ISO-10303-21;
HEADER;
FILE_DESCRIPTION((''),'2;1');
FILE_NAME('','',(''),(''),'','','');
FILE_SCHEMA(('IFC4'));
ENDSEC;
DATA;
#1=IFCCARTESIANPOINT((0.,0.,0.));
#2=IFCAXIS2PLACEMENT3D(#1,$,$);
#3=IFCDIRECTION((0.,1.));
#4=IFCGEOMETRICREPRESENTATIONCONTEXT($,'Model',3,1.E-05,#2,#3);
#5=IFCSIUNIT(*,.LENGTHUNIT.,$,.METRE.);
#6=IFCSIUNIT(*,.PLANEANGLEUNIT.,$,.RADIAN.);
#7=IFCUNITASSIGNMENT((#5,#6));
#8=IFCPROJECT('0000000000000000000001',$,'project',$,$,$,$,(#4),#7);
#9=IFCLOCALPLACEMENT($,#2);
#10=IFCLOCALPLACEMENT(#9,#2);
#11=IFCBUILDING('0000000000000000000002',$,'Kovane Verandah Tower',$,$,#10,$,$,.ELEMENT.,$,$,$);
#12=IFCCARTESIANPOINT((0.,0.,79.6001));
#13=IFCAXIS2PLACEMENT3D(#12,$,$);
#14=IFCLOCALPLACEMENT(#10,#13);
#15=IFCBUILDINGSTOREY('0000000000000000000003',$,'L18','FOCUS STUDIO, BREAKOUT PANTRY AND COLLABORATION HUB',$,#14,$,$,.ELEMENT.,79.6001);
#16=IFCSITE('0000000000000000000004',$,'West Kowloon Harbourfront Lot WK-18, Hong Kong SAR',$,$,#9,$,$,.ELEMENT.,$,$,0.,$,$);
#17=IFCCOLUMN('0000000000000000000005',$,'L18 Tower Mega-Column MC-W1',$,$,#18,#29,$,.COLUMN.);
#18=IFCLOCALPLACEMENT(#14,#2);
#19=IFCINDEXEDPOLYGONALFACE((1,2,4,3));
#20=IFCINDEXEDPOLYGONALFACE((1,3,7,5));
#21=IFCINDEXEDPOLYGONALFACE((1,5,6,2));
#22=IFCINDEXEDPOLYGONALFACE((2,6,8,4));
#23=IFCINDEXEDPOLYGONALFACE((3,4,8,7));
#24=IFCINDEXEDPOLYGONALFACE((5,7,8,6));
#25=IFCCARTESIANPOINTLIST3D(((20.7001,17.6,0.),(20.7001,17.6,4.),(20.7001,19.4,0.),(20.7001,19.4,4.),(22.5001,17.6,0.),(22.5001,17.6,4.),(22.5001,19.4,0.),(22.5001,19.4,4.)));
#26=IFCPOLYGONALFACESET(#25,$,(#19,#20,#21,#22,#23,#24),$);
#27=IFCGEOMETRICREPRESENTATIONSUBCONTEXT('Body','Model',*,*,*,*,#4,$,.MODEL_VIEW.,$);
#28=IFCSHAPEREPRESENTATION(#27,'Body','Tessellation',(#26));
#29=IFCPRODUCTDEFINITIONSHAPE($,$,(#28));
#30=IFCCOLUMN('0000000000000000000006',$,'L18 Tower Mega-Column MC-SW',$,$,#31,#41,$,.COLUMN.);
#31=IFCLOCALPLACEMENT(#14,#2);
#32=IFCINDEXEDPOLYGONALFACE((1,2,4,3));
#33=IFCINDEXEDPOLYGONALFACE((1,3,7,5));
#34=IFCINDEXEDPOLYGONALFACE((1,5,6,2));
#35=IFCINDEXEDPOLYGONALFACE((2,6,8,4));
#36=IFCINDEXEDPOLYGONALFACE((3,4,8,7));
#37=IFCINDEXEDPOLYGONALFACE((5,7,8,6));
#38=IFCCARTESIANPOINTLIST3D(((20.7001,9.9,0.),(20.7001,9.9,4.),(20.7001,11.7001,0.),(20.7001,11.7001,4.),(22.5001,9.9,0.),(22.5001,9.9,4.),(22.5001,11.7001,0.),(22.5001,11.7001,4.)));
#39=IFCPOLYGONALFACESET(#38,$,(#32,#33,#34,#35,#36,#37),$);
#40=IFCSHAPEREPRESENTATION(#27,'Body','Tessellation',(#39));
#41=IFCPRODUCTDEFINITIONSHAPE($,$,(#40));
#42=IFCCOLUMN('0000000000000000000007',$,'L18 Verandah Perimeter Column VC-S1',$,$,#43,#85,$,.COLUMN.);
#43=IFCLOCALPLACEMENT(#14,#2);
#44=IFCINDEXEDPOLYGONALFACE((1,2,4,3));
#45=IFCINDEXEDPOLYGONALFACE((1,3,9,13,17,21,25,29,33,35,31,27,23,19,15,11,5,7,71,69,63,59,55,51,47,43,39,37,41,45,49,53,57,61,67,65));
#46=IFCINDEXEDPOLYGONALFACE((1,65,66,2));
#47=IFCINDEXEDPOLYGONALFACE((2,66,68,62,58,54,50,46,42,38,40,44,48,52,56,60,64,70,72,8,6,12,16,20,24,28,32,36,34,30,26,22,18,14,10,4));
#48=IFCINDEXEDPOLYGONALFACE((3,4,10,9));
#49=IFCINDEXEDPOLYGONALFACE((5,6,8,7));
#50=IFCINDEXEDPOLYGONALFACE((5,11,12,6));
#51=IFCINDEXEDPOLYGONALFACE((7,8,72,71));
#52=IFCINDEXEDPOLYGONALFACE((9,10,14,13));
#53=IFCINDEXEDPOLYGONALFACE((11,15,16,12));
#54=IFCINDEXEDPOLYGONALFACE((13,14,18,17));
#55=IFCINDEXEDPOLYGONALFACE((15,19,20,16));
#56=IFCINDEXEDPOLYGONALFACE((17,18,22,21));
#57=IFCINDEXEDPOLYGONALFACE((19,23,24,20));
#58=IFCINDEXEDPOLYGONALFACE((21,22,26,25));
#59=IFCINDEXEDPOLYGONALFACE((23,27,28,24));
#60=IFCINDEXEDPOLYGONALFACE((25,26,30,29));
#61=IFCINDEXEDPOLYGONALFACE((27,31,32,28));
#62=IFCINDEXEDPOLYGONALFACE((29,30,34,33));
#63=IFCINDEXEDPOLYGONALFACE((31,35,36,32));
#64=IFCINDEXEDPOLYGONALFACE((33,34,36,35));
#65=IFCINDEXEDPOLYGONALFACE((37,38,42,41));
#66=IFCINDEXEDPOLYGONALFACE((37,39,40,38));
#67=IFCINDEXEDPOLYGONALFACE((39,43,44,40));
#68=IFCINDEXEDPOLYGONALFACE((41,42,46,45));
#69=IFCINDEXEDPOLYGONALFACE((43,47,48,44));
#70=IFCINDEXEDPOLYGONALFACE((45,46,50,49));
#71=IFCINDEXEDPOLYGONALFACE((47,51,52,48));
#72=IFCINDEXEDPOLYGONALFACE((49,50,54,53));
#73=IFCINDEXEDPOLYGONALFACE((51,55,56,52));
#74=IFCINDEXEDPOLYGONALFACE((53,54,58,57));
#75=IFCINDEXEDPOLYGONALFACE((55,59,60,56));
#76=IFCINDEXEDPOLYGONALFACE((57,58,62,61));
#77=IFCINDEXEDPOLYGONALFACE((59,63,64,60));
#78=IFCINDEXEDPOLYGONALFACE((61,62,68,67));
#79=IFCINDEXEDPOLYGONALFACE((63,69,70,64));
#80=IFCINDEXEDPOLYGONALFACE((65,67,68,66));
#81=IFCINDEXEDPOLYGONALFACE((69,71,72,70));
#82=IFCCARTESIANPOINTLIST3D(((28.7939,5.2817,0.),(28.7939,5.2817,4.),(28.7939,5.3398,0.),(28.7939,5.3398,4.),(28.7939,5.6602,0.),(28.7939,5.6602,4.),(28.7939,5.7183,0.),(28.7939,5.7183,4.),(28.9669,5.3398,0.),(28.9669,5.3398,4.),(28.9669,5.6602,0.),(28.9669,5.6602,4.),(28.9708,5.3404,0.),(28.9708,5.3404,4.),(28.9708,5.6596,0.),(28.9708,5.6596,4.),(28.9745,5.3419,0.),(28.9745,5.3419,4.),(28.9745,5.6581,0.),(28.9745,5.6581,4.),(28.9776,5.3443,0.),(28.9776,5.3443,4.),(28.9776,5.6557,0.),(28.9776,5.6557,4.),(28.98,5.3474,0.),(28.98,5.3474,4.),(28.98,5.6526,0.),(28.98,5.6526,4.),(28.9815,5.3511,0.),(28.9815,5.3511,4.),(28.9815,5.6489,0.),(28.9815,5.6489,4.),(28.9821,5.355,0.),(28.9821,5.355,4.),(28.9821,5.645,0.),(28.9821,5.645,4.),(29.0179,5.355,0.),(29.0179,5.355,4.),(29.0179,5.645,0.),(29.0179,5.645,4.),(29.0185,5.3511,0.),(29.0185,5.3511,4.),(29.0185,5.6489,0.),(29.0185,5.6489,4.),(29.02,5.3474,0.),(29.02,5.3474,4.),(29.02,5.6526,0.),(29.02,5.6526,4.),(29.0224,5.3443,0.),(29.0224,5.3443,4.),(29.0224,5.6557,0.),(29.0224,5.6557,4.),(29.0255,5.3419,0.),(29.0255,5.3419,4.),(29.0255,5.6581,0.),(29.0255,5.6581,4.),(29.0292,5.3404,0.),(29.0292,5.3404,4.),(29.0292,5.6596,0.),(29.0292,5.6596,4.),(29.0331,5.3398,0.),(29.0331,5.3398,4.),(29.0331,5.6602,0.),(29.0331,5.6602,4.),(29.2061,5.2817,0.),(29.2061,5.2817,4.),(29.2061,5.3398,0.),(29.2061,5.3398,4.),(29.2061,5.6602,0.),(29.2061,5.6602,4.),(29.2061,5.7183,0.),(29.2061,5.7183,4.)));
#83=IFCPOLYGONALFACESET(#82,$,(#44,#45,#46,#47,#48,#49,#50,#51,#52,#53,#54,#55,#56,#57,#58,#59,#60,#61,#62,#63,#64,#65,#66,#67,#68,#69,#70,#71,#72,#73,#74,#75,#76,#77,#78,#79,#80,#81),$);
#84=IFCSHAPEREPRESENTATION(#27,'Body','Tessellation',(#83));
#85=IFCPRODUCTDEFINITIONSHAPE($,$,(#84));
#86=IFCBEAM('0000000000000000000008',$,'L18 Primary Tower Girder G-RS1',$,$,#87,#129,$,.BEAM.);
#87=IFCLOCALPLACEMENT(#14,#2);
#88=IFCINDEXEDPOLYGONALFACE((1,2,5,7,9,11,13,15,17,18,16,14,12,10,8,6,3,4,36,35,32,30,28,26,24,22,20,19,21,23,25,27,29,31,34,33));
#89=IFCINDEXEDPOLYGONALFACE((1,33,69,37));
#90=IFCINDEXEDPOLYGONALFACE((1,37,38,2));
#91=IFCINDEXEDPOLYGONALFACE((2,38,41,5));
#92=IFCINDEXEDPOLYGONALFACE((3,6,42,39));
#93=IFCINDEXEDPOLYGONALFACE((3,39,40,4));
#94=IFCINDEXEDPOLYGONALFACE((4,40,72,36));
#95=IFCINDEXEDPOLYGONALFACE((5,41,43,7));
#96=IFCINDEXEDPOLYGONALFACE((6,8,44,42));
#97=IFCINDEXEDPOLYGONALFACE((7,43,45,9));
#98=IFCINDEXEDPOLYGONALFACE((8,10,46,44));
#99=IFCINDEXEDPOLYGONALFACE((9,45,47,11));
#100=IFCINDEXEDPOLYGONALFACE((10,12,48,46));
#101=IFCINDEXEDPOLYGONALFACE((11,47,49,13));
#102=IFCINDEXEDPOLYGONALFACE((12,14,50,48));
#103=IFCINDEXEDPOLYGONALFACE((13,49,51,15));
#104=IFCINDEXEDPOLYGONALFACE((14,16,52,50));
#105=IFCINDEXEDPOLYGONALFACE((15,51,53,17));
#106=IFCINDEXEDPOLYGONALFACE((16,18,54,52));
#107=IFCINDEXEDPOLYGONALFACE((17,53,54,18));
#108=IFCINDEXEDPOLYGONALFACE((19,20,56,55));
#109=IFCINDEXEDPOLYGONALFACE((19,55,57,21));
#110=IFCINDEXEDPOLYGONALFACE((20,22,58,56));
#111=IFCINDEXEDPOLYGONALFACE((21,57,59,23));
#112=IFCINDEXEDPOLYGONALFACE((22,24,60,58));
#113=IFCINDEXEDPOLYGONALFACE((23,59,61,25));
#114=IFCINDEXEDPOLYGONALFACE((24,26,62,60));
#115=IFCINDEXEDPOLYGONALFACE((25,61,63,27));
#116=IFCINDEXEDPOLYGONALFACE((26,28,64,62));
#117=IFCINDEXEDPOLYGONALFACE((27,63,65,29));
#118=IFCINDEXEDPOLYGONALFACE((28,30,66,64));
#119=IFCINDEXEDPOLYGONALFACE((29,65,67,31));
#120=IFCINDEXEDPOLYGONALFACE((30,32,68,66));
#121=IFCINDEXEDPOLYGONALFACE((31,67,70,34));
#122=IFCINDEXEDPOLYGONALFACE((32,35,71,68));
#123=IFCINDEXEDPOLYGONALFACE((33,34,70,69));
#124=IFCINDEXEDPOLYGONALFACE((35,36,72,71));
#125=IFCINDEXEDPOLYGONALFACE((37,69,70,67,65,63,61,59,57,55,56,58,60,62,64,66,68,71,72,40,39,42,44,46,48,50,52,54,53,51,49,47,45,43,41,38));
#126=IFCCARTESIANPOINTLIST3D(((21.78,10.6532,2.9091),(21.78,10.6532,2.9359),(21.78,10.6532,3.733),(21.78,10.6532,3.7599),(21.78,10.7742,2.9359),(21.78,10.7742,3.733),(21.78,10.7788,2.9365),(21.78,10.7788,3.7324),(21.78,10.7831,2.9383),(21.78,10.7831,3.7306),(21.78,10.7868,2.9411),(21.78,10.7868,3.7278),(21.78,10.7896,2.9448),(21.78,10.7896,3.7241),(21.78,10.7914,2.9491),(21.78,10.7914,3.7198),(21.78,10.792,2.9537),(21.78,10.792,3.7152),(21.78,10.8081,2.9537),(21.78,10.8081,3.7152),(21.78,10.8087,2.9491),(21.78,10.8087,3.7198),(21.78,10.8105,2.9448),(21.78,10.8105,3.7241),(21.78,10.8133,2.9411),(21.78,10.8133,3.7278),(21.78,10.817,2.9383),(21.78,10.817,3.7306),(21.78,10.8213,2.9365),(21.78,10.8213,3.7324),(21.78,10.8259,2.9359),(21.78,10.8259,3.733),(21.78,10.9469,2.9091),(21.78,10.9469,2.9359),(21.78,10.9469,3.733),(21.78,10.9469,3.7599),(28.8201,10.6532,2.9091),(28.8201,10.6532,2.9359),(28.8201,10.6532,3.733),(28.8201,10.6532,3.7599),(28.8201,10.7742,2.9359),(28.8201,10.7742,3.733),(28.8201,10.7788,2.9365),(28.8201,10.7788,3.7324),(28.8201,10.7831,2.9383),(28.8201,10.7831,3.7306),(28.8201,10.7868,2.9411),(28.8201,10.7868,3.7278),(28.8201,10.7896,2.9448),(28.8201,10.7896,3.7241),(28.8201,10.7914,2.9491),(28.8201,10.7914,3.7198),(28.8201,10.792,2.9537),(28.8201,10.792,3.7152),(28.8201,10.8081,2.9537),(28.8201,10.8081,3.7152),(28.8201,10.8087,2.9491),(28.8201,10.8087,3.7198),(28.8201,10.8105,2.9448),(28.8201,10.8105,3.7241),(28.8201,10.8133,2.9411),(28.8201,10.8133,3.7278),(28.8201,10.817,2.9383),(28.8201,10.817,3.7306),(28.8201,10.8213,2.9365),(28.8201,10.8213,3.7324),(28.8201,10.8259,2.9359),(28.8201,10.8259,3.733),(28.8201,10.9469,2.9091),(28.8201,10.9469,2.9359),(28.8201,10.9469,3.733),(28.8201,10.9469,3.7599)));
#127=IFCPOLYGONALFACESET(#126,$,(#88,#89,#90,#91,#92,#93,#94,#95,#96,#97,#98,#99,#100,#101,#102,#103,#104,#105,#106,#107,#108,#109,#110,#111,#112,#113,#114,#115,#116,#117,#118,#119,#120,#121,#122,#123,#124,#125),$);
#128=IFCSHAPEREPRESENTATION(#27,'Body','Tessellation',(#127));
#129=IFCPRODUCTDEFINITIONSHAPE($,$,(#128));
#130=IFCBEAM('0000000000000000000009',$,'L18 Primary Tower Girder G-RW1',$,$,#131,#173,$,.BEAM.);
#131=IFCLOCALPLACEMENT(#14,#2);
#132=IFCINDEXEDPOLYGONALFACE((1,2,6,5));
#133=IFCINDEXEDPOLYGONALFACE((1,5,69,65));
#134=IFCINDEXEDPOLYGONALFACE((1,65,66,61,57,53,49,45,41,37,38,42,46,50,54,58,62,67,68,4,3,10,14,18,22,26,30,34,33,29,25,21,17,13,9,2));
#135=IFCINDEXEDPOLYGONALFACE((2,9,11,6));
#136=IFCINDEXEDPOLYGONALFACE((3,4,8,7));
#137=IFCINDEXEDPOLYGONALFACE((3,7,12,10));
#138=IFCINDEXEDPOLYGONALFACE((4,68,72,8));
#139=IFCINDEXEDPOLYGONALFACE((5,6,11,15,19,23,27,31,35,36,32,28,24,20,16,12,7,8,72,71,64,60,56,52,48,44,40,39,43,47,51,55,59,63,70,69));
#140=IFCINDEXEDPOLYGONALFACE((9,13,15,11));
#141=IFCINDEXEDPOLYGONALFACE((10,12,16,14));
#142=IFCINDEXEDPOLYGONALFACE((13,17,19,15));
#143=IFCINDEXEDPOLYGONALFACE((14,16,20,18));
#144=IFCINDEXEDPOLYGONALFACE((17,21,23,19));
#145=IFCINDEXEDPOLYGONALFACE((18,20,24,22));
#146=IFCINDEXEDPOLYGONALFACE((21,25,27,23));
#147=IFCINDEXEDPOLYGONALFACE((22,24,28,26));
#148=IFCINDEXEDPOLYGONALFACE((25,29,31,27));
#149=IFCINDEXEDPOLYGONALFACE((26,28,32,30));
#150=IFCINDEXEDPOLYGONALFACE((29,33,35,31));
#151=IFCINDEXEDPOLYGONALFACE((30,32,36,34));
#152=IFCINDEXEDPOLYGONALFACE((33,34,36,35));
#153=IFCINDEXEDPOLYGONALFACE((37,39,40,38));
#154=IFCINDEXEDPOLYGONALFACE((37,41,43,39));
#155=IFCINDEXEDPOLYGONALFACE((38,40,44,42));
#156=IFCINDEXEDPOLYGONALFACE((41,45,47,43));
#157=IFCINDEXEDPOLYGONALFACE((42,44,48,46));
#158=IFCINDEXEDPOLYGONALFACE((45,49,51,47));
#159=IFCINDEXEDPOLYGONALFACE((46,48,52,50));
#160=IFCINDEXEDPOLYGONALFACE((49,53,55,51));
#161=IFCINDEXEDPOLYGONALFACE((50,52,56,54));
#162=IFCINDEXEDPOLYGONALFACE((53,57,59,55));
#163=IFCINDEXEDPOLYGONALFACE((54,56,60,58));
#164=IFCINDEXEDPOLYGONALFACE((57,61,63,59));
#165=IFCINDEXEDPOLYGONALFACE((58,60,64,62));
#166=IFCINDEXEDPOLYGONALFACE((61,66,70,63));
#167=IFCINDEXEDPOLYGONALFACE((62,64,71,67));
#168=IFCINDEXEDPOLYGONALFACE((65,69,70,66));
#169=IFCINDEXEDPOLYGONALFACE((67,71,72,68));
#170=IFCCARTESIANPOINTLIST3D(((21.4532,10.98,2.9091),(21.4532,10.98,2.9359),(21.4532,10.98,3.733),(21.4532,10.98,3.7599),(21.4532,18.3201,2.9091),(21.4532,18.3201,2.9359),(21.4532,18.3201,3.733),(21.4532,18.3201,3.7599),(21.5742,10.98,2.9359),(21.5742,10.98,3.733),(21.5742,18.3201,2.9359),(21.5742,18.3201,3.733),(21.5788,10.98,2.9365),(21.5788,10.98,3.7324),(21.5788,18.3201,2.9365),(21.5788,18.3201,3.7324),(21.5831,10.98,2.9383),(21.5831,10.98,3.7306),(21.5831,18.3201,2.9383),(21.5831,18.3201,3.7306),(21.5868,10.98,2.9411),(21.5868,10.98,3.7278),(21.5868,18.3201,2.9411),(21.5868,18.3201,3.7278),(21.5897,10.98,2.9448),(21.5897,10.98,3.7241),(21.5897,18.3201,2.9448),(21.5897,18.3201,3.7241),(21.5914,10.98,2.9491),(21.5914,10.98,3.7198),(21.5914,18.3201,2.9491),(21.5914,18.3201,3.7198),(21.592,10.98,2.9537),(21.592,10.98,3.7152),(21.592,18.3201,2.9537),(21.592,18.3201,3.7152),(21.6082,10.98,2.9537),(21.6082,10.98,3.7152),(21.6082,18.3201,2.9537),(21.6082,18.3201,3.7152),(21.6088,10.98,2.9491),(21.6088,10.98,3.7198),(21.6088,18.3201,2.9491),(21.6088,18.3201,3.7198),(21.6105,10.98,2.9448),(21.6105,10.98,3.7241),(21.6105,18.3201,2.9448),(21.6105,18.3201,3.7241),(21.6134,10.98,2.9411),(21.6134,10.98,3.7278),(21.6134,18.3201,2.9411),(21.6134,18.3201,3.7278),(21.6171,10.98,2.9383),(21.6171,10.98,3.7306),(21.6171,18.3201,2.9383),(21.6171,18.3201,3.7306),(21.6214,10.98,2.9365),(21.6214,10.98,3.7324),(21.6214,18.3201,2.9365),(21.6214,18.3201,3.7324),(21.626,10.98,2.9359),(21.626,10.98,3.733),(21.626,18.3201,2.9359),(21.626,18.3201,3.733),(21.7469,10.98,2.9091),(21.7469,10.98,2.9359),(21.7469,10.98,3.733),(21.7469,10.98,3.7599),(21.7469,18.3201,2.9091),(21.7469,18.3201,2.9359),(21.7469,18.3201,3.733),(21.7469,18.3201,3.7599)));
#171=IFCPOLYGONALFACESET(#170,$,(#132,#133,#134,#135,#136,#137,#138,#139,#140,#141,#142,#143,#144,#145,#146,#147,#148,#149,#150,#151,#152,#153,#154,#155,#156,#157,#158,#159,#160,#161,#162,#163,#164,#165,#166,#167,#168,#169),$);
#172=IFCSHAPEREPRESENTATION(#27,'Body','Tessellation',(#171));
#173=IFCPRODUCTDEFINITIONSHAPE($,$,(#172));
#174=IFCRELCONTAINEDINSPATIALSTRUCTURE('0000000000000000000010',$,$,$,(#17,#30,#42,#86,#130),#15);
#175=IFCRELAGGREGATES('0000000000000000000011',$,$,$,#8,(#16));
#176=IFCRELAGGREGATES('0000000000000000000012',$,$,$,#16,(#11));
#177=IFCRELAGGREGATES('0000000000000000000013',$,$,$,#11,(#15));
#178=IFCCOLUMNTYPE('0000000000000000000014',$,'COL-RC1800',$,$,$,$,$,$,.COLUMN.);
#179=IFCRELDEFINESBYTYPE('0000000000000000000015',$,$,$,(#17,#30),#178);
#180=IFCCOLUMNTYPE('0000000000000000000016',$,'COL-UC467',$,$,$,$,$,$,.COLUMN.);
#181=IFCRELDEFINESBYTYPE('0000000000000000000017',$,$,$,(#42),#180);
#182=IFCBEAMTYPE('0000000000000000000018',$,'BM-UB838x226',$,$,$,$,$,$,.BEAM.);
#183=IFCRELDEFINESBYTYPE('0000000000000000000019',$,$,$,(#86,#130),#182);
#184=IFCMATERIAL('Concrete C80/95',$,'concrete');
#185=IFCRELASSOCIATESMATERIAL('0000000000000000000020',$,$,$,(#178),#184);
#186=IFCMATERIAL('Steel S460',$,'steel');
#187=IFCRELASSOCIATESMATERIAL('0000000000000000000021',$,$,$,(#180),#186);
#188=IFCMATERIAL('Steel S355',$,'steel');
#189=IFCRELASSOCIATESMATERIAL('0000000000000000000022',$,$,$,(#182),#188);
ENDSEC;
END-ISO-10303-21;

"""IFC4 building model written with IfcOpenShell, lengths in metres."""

from ifc_helpers import new_model, si_unit, direction, frame, origin, origin_2d, place, context, subcontext, project, spatial, rectangle, i_section, extrude, material, material_profile, profile_set, type_object, element, save


model = new_model("IFC4")

# Units and contexts
model_context = context("Model", 3, precision=1e-05, world=origin(), true_north=direction((0.0, 1.0)))
body_context = subcontext(model_context, "Body", "Model", "MODEL_VIEW")
ifc_project = project(units=[si_unit("LENGTHUNIT", "METRE"), si_unit("PLANEANGLEUNIT", "RADIAN")], contexts=[model_context])

# Site, building, storey
site_placement = place(None, origin())
site = spatial("IfcSite", under=ifc_project, at=site_placement, Name="West Kowloon Harbourfront Lot WK-18, Hong Kong SAR", CompositionType="ELEMENT", RefElevation=0.0)
building_placement = place(site_placement, origin())
building = spatial("IfcBuilding", under=site, at=building_placement, Name="Kovane Verandah Tower", CompositionType="ELEMENT")
storey_placement = place(building_placement, frame((0.0, 0.0, 79.6001)))
storey = spatial("IfcBuildingStorey", under=building, at=storey_placement, Name="L18", Description="FOCUS STUDIO, BREAKOUT PANTRY AND COLLABORATION HUB", CompositionType="ELEMENT", Elevation=79.6001)

# Columns
ifc_material_1 = material(Name="Concrete C80/95", Category="concrete")
ifc_material_profile_1 = material_profile(ifc_material_1, rectangle(XDim=1.8, YDim=1.8, at=origin_2d()), Name="RC1800x1800")
ifc_profile_set_1 = profile_set([ifc_material_profile_1], Name="Concrete C80/95")
column_type_1 = type_object("IfcColumnType", Name="COL-RC1800", PredefinedType="COLUMN", material=ifc_profile_set_1)
for number, where, z_axis, x_axis, name in (
    (1, (21.6001, 18.5, 0.0), (0.0, 0.0, 1.0), (1.0, 0.0, 0.0), "L18 Tower Mega-Column MC-W1"),
    (2, (21.6001, 10.8, 0.0), (0.0, 0.0, 1.0), (1.0, 0.0, 0.0), "L18 Tower Mega-Column MC-SW"),
):
    element("IfcColumn", number, at=place(storey_placement, frame(where, z_axis=z_axis, x_axis=x_axis)), inside=storey, type_object=column_type_1, Name=name, PredefinedType="COLUMN", context=body_context, shape_type="SweptSolid", body=[
        extrude(rectangle(XDim=1.8, YDim=1.8, at=origin_2d()), origin(), (0.0, 0.0, 1.0), 4.0),
    ])
ifc_material_2 = material(Name="Steel S460", Category="steel")
ifc_material_profile_2 = material_profile(ifc_material_2, i_section(OverallWidth=0.4121, OverallDepth=0.4365, WebThickness=0.0359, FlangeThickness=0.0581, FilletRadius=0.0151, at=origin_2d()), Name="UC356x406x467")
ifc_profile_set_2 = profile_set([ifc_material_profile_2], Name="Steel S460")
column_type_2 = type_object("IfcColumnType", Name="COL-UC467", PredefinedType="COLUMN", material=ifc_profile_set_2)
column_placement = place(storey_placement, frame((29.0, 5.5, 0.0), z_axis=(0.0, 0.0, 1.0), x_axis=(1.0, 0.0, 0.0)))
element("IfcColumn", 3, at=column_placement, inside=storey, type_object=column_type_2, Name="L18 Verandah Perimeter Column VC-S1", PredefinedType="COLUMN", context=body_context, shape_type="SweptSolid", body=[
    extrude(i_section(OverallWidth=0.4121, OverallDepth=0.4365, WebThickness=0.0359, FlangeThickness=0.0581, FilletRadius=0.0151, at=origin_2d()), origin(), (0.0, 0.0, 1.0), 4.0),
])

# Beams
ifc_material_3 = material(Name="Steel S355", Category="steel")
ifc_material_profile_3 = material_profile(ifc_material_3, i_section(OverallWidth=0.2937, OverallDepth=0.8508, WebThickness=0.0161, FlangeThickness=0.0269, FilletRadius=0.0178, at=origin_2d()), Name="UB838x292x226")
ifc_profile_set_3 = profile_set([ifc_material_profile_3], Name="Steel S355")
beam_type_1 = type_object("IfcBeamType", Name="BM-UB838x226", PredefinedType="BEAM", material=ifc_profile_set_3)
beam_1_placement = place(storey_placement, frame((21.78, 10.8, 3.3345), z_axis=(1.0, 0.0, 0.0), x_axis=(0.0, 1.0, 0.0)))
element("IfcBeam", 4, at=beam_1_placement, inside=storey, type_object=beam_type_1, Name="L18 Primary Tower Girder G-RS1", PredefinedType="BEAM", context=body_context, shape_type="SweptSolid", body=[
    extrude(i_section(OverallWidth=0.2937, OverallDepth=0.8508, WebThickness=0.0161, FlangeThickness=0.0269, FilletRadius=0.0178, at=origin_2d()), origin(), (0.0, 0.0, 1.0), 7.04),
])
beam_2_placement = place(storey_placement, frame((21.6001, 10.98, 3.3345), z_axis=(0.0, 1.0, 0.0), x_axis=(-1.0, 0.0, 0.0)))
element("IfcBeam", 5, at=beam_2_placement, inside=storey, type_object=beam_type_1, Name="L18 Primary Tower Girder G-RW1", PredefinedType="BEAM", context=body_context, shape_type="SweptSolid", body=[
    extrude(i_section(OverallWidth=0.2937, OverallDepth=0.8508, WebThickness=0.0161, FlangeThickness=0.0269, FilletRadius=0.0178, at=origin_2d()), origin(), (0.0, 0.0, 1.0), 7.3401),
])

save(model, "model.ifc")
